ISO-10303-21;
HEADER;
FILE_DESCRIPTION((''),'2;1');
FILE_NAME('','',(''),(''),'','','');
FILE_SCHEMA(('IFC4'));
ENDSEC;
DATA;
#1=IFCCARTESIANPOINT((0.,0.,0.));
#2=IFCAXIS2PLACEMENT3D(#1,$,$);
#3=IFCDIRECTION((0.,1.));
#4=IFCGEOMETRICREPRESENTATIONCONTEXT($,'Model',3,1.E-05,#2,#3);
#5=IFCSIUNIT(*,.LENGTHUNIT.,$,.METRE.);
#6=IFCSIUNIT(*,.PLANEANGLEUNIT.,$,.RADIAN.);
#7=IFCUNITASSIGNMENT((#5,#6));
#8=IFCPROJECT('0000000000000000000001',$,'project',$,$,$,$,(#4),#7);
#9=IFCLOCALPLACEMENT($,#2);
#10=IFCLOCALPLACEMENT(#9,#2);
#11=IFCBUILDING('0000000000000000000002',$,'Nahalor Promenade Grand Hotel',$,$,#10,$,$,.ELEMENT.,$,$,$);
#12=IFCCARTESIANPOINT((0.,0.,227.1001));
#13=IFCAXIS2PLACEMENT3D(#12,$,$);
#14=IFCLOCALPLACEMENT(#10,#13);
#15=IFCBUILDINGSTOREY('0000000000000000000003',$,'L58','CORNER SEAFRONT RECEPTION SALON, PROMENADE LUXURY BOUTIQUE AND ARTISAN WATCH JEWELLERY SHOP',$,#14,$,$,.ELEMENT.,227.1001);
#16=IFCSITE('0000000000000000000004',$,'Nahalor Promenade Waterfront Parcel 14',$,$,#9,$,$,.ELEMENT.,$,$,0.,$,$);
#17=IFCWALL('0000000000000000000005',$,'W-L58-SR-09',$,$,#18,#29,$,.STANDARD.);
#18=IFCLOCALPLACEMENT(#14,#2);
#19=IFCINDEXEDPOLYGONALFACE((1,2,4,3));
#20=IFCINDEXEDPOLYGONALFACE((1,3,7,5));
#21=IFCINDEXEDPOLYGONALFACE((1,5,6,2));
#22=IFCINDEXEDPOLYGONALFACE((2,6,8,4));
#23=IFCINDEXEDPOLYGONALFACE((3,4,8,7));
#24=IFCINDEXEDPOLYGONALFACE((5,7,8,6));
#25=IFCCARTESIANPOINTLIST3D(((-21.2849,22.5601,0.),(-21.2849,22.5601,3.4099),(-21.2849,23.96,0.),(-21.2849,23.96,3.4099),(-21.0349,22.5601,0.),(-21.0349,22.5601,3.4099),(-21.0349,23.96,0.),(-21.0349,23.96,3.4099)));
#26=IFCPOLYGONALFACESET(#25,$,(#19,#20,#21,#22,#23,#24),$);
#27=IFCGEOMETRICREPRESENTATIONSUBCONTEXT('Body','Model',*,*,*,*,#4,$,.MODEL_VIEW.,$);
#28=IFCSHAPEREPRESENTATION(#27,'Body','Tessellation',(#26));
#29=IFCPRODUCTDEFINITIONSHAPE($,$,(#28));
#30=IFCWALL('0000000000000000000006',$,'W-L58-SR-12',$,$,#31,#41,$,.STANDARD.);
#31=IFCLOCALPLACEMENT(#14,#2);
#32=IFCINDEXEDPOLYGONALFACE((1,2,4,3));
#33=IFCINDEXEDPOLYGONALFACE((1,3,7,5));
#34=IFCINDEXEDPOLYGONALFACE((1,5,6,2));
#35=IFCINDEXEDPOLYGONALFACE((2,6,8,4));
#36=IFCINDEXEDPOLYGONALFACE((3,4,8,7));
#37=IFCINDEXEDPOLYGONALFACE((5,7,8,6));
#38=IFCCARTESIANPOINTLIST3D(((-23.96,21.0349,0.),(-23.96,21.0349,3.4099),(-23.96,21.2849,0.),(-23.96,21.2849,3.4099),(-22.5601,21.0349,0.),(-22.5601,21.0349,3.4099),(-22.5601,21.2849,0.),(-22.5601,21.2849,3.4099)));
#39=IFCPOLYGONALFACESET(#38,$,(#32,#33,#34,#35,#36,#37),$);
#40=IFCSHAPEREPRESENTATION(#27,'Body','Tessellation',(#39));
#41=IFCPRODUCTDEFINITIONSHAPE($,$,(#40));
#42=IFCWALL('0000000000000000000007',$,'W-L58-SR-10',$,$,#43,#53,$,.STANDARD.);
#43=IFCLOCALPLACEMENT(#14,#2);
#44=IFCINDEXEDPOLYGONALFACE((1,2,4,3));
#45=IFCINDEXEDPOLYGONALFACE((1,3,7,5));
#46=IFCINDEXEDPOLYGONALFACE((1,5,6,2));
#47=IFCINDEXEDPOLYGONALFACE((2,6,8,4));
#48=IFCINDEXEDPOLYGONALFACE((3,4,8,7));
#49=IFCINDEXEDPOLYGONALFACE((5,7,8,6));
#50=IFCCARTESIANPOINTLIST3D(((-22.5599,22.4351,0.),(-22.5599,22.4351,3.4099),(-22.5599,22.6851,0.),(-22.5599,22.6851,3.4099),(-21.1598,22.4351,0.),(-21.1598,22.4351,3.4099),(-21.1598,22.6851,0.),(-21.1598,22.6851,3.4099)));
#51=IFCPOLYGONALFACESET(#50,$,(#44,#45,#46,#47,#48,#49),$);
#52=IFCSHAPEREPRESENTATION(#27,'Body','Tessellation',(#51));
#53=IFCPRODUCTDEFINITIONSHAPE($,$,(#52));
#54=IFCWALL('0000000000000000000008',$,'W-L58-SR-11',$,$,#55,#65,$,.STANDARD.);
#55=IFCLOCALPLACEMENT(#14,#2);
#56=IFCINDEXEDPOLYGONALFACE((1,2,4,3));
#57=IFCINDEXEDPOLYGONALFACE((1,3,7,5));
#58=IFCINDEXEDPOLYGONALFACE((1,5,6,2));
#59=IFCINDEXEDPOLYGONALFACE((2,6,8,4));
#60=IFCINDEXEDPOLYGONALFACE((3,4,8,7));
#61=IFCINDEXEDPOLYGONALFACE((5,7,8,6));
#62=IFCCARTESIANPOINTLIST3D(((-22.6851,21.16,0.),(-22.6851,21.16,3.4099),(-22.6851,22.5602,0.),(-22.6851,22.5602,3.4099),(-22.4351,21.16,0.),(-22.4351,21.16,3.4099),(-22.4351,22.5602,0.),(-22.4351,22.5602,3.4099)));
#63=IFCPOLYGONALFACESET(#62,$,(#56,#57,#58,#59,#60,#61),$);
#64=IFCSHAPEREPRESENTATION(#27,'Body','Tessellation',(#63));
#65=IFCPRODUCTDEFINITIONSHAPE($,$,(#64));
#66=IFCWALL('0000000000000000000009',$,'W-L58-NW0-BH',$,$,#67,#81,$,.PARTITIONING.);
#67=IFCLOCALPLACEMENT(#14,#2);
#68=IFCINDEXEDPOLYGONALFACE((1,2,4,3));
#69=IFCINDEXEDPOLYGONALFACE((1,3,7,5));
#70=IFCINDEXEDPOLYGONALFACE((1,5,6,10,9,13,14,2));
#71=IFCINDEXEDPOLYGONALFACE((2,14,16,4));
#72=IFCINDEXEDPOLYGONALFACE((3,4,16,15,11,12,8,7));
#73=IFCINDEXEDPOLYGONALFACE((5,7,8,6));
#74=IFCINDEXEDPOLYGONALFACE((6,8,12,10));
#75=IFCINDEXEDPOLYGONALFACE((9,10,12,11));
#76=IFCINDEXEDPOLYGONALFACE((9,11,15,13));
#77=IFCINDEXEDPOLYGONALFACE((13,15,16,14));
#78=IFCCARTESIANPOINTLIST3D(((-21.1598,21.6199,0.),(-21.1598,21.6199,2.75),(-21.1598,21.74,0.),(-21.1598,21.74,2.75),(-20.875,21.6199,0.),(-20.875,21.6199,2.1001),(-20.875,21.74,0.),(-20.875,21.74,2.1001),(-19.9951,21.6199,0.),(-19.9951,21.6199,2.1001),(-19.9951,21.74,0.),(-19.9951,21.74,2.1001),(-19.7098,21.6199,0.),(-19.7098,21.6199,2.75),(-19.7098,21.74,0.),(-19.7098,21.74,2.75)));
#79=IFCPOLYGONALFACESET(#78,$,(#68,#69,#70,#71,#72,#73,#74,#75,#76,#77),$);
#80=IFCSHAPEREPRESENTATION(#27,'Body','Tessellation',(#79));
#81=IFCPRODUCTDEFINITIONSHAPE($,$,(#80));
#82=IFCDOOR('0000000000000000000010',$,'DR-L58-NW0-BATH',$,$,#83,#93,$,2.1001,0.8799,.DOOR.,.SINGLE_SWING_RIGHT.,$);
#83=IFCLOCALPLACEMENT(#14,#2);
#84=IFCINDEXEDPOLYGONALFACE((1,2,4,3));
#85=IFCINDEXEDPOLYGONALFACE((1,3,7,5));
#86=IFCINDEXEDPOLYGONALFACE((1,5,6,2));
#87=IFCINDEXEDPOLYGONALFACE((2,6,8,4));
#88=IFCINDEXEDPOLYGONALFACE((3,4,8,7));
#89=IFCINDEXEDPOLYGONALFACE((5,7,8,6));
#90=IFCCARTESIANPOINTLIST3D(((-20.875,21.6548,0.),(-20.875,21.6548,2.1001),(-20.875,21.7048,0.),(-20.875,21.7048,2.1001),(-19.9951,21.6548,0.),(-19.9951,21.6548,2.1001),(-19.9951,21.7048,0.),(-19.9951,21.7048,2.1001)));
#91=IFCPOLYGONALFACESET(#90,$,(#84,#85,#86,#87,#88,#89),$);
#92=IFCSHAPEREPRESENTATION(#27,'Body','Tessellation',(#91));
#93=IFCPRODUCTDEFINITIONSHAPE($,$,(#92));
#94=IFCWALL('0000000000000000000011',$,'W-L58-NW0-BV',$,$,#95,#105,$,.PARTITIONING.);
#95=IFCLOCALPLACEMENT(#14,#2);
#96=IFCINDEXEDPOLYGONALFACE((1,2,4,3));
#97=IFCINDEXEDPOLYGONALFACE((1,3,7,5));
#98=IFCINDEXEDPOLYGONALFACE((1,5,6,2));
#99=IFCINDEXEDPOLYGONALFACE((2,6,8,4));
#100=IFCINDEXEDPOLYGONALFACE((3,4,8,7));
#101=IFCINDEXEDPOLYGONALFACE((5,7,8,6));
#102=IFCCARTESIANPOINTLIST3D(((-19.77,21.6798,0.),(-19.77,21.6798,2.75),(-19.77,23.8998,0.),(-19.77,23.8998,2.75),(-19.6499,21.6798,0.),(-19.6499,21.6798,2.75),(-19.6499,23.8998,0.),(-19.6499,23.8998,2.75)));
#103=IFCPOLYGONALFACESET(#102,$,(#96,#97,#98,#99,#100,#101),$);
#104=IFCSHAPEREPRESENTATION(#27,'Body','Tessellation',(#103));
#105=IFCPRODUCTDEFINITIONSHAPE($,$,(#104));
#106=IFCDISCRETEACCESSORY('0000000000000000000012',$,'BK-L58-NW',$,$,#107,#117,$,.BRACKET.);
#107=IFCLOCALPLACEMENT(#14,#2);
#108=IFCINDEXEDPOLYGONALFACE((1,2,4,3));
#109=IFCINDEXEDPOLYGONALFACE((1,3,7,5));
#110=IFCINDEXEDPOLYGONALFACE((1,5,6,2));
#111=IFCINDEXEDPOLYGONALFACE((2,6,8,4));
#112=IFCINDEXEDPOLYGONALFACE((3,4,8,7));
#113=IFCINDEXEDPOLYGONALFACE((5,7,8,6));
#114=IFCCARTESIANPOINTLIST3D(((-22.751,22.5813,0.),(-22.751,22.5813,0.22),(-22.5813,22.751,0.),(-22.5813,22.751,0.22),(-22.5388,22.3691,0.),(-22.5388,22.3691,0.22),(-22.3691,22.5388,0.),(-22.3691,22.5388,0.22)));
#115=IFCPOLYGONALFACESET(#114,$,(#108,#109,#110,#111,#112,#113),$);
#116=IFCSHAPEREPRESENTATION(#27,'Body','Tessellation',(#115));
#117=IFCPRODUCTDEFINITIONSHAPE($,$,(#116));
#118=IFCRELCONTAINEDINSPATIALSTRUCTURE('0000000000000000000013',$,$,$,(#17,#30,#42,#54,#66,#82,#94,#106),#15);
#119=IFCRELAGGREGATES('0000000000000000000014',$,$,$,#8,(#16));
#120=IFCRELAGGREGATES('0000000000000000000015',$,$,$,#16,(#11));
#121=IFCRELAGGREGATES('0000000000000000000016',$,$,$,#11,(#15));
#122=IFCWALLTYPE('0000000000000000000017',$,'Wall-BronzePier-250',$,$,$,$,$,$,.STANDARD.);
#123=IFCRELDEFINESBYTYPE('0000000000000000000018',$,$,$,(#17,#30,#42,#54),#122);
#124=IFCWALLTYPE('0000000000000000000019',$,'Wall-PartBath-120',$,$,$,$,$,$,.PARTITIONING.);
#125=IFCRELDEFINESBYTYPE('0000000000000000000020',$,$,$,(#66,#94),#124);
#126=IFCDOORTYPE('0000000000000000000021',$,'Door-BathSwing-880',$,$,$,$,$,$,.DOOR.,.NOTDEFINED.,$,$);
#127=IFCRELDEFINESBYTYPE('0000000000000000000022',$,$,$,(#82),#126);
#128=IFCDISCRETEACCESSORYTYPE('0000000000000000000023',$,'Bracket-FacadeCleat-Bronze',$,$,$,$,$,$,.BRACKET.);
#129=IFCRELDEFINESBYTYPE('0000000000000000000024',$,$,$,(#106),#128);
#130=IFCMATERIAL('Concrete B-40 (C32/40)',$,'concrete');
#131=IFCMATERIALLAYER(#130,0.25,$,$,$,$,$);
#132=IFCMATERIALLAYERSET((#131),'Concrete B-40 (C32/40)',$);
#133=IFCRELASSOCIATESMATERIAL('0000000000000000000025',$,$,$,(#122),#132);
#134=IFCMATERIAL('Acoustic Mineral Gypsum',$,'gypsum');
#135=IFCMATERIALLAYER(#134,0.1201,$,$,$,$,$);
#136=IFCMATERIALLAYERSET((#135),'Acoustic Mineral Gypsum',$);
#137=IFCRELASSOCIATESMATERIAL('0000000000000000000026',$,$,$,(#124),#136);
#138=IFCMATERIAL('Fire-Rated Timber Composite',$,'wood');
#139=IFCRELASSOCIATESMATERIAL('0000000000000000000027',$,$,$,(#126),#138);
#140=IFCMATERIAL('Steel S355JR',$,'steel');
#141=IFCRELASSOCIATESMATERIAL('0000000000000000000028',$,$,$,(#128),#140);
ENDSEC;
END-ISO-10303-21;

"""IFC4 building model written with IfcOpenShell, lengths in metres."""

from ifc_helpers import new_model, si_unit, direction, frame, frame_2d, origin, origin_2d, place, context, subcontext, project, spatial, rectangle, extrude, source, transform, mapped, material, layer, layer_set, type_object, element, fill, save


model = new_model("IFC4")

# Units and contexts
model_context = context("Model", 3, precision=1e-05, world=origin(), true_north=direction((0.0, 1.0)))
body_context = subcontext(model_context, "Body", "Model", "MODEL_VIEW")
ifc_project = project(units=[si_unit("LENGTHUNIT", "METRE"), si_unit("PLANEANGLEUNIT", "RADIAN")], contexts=[model_context])

# Site, building, storey
site_placement = place(None, origin())
site = spatial("IfcSite", under=ifc_project, at=site_placement, Name="Nahalor Promenade Waterfront Parcel 14", CompositionType="ELEMENT", RefElevation=0.0)
building_placement = place(site_placement, origin())
building = spatial("IfcBuilding", under=site, at=building_placement, Name="Nahalor Promenade Grand Hotel", CompositionType="ELEMENT")
storey_placement = place(building_placement, frame((0.0, 0.0, 227.1001)))
storey = spatial("IfcBuildingStorey", under=building, at=storey_placement, Name="L58", Description="CORNER SEAFRONT RECEPTION SALON, PROMENADE LUXURY BOUTIQUE AND ARTISAN WATCH JEWELLERY SHOP", CompositionType="ELEMENT", Elevation=227.1001)

# Shared definitions
ifc_material_1 = material(Name="Steel S355JR", Category="steel")

# Walls
ifc_material_2 = material(Name="Concrete B-40 (C32/40)", Category="concrete")
ifc_layer_1 = layer(ifc_material_2, 0.25)
ifc_layer_set_1 = layer_set([ifc_layer_1], Name="Concrete B-40 (C32/40)")
wall_type_1 = type_object("IfcWallType", Name="Wall-BronzePier-250", PredefinedType="STANDARD", material=ifc_layer_set_1)
shared_shape_1 = source(origin(), body_context, "Body", "SweptSolid", [
    extrude(rectangle(XDim=1.3999, YDim=0.25, at=frame_2d((0.7, 0.0))), origin(), (0.0, 0.0, 1.0), 3.4099),
])
for number, where, z_axis, x_axis, name in (
    (1, (-21.1599, 22.5601, 0.0), (0.0, 0.0, 1.0), (0.0, 1.0, 0.0), "W-L58-SR-09"),
    (2, (-23.96, 21.1599, 0.0), (0.0, 0.0, 1.0), (1.0, 0.0, 0.0), "W-L58-SR-12"),
):
    element("IfcWall", number, at=place(storey_placement, frame(where, z_axis=z_axis, x_axis=x_axis)), inside=storey, type_object=wall_type_1, Name=name, PredefinedType="STANDARD", context=body_context, shape_type="MappedRepresentation", body=[
        mapped(shared_shape_1, transform((0.0, 0.0, 0.0), scale=1.0)),
    ])
shared_shape_2 = source(origin(), body_context, "Body", "SweptSolid", [
    extrude(rectangle(XDim=1.4001, YDim=0.25, at=frame_2d((0.7002, 0.0))), origin(), (0.0, 0.0, 1.0), 3.4099),
])
for number, where, z_axis, x_axis, name in (
    (3, (-22.5601, 22.5601, 0.0), (0.0, 0.0, 1.0), (1.0, 0.0, 0.0), "W-L58-SR-10"),
    (4, (-22.5601, 21.1599, 0.0), (0.0, 0.0, 1.0), (0.0, 1.0, 0.0), "W-L58-SR-11"),
):
    element("IfcWall", number, at=place(storey_placement, frame(where, z_axis=z_axis, x_axis=x_axis)), inside=storey, type_object=wall_type_1, Name=name, PredefinedType="STANDARD", context=body_context, shape_type="MappedRepresentation", body=[
        mapped(shared_shape_2, transform((0.0, 0.0, 0.0), scale=1.0)),
    ])

# Wall, opening, door
ifc_material_3 = material(Name="Acoustic Mineral Gypsum", Category="gypsum")
ifc_layer_2 = layer(ifc_material_3, 0.1201)
ifc_layer_set_2 = layer_set([ifc_layer_2], Name="Acoustic Mineral Gypsum")
wall_type_2 = type_object("IfcWallType", Name="Wall-PartBath-120", PredefinedType="PARTITIONING", material=ifc_layer_set_2)
shared_shape_3 = source(origin(), body_context, "Body", "SweptSolid", [
    extrude(rectangle(XDim=1.45, YDim=0.1201, at=frame_2d((0.7251, 0.0))), origin(), (0.0, 0.0, 1.0), 2.75),
])
wall_1_placement = place(storey_placement, frame((-21.1599, 21.6799, 0.0), z_axis=(0.0, 0.0, 1.0), x_axis=(1.0, 0.0, 0.0)))
wall_1 = element("IfcWall", 5, at=wall_1_placement, inside=storey, type_object=wall_type_2, Name="W-L58-NW0-BH", PredefinedType="PARTITIONING", context=body_context, shape_type="MappedRepresentation", body=[
    mapped(shared_shape_3, transform((0.0, 0.0, 0.0), scale=1.0)),
])
opening_placement = place(wall_1_placement, frame((0.2849, 0.0, 0.0)))
opening = element("IfcOpeningElement", 6, at=opening_placement, cuts=wall_1, PredefinedType="OPENING", context=body_context, shape_type="SweptSolid", body=[
    extrude(rectangle(XDim=0.8799, YDim=2.1001, at=frame_2d((0.4399, 1.05))), frame((0.0, 0.0701, 0.0), z_axis=(0.0, -1.0, 0.0), x_axis=(1.0, 0.0, 0.0)), (0.0, 0.0, 1.0), 0.1401),
])
ifc_material_4 = material(Name="Fire-Rated Timber Composite", Category="wood")
door_type = type_object("IfcDoorType", Name="Door-BathSwing-880", OperationType="NOTDEFINED", PredefinedType="DOOR", material=ifc_material_4)
shared_shape_4 = source(origin(), body_context, "Body", "SweptSolid", [
    extrude(rectangle(XDim=0.8799, YDim=2.1001, at=frame_2d((0.4399, 1.05))), frame((0.0, 0.0249, 0.0), z_axis=(0.0, -1.0, 0.0), x_axis=(1.0, 0.0, 0.0)), (0.0, 0.0, 1.0), 0.05),
])
door_placement = place(opening_placement, origin())
door = element("IfcDoor", 7, at=door_placement, inside=storey, type_object=door_type, Name="DR-L58-NW0-BATH", OperationType="SINGLE_SWING_RIGHT", OverallHeight=2.1001, OverallWidth=0.8799, PredefinedType="DOOR", context=body_context, shape_type="MappedRepresentation", body=[
    mapped(shared_shape_4, transform((0.0, 0.0, 0.0), scale=1.0)),
])
fill(opening, door)

# Wall
shared_shape_5 = source(origin(), body_context, "Body", "SweptSolid", [
    extrude(rectangle(XDim=2.22, YDim=0.1201, at=frame_2d((1.1099, 0.0))), origin(), (0.0, 0.0, 1.0), 2.75),
])
wall_2_placement = place(storey_placement, frame((-19.71, 21.6799, 0.0), z_axis=(0.0, 0.0, 1.0), x_axis=(0.0, 1.0, 0.0)))
element("IfcWall", 8, at=wall_2_placement, inside=storey, type_object=wall_type_2, Name="W-L58-NW0-BV", PredefinedType="PARTITIONING", context=body_context, shape_type="MappedRepresentation", body=[
    mapped(shared_shape_5, transform((0.0, 0.0, 0.0), scale=1.0)),
])

# Discrete accessory
discrete_accessory_type = type_object("IfcDiscreteAccessoryType", Name="Bracket-FacadeCleat-Bronze", PredefinedType="BRACKET", material=ifc_material_1)
shared_shape_6 = source(origin(), body_context, "Body", "SweptSolid", [
    extrude(rectangle(XDim=0.3, YDim=0.24, at=origin_2d()), origin(), (0.0, 0.0, 1.0), 0.22),
])
discrete_accessory_placement = place(storey_placement, frame((-22.5601, 22.5601, 0.0), z_axis=(0.0, 0.0, 1.0), x_axis=(-0.707107, 0.707107, 0.0)))
element("IfcDiscreteAccessory", 9, at=discrete_accessory_placement, inside=storey, type_object=discrete_accessory_type, Name="BK-L58-NW", PredefinedType="BRACKET", context=body_context, shape_type="MappedRepresentation", body=[
    mapped(shared_shape_6, transform((0.0, 0.0, 0.0), scale=1.0)),
])

save(model, "model.ifc")
